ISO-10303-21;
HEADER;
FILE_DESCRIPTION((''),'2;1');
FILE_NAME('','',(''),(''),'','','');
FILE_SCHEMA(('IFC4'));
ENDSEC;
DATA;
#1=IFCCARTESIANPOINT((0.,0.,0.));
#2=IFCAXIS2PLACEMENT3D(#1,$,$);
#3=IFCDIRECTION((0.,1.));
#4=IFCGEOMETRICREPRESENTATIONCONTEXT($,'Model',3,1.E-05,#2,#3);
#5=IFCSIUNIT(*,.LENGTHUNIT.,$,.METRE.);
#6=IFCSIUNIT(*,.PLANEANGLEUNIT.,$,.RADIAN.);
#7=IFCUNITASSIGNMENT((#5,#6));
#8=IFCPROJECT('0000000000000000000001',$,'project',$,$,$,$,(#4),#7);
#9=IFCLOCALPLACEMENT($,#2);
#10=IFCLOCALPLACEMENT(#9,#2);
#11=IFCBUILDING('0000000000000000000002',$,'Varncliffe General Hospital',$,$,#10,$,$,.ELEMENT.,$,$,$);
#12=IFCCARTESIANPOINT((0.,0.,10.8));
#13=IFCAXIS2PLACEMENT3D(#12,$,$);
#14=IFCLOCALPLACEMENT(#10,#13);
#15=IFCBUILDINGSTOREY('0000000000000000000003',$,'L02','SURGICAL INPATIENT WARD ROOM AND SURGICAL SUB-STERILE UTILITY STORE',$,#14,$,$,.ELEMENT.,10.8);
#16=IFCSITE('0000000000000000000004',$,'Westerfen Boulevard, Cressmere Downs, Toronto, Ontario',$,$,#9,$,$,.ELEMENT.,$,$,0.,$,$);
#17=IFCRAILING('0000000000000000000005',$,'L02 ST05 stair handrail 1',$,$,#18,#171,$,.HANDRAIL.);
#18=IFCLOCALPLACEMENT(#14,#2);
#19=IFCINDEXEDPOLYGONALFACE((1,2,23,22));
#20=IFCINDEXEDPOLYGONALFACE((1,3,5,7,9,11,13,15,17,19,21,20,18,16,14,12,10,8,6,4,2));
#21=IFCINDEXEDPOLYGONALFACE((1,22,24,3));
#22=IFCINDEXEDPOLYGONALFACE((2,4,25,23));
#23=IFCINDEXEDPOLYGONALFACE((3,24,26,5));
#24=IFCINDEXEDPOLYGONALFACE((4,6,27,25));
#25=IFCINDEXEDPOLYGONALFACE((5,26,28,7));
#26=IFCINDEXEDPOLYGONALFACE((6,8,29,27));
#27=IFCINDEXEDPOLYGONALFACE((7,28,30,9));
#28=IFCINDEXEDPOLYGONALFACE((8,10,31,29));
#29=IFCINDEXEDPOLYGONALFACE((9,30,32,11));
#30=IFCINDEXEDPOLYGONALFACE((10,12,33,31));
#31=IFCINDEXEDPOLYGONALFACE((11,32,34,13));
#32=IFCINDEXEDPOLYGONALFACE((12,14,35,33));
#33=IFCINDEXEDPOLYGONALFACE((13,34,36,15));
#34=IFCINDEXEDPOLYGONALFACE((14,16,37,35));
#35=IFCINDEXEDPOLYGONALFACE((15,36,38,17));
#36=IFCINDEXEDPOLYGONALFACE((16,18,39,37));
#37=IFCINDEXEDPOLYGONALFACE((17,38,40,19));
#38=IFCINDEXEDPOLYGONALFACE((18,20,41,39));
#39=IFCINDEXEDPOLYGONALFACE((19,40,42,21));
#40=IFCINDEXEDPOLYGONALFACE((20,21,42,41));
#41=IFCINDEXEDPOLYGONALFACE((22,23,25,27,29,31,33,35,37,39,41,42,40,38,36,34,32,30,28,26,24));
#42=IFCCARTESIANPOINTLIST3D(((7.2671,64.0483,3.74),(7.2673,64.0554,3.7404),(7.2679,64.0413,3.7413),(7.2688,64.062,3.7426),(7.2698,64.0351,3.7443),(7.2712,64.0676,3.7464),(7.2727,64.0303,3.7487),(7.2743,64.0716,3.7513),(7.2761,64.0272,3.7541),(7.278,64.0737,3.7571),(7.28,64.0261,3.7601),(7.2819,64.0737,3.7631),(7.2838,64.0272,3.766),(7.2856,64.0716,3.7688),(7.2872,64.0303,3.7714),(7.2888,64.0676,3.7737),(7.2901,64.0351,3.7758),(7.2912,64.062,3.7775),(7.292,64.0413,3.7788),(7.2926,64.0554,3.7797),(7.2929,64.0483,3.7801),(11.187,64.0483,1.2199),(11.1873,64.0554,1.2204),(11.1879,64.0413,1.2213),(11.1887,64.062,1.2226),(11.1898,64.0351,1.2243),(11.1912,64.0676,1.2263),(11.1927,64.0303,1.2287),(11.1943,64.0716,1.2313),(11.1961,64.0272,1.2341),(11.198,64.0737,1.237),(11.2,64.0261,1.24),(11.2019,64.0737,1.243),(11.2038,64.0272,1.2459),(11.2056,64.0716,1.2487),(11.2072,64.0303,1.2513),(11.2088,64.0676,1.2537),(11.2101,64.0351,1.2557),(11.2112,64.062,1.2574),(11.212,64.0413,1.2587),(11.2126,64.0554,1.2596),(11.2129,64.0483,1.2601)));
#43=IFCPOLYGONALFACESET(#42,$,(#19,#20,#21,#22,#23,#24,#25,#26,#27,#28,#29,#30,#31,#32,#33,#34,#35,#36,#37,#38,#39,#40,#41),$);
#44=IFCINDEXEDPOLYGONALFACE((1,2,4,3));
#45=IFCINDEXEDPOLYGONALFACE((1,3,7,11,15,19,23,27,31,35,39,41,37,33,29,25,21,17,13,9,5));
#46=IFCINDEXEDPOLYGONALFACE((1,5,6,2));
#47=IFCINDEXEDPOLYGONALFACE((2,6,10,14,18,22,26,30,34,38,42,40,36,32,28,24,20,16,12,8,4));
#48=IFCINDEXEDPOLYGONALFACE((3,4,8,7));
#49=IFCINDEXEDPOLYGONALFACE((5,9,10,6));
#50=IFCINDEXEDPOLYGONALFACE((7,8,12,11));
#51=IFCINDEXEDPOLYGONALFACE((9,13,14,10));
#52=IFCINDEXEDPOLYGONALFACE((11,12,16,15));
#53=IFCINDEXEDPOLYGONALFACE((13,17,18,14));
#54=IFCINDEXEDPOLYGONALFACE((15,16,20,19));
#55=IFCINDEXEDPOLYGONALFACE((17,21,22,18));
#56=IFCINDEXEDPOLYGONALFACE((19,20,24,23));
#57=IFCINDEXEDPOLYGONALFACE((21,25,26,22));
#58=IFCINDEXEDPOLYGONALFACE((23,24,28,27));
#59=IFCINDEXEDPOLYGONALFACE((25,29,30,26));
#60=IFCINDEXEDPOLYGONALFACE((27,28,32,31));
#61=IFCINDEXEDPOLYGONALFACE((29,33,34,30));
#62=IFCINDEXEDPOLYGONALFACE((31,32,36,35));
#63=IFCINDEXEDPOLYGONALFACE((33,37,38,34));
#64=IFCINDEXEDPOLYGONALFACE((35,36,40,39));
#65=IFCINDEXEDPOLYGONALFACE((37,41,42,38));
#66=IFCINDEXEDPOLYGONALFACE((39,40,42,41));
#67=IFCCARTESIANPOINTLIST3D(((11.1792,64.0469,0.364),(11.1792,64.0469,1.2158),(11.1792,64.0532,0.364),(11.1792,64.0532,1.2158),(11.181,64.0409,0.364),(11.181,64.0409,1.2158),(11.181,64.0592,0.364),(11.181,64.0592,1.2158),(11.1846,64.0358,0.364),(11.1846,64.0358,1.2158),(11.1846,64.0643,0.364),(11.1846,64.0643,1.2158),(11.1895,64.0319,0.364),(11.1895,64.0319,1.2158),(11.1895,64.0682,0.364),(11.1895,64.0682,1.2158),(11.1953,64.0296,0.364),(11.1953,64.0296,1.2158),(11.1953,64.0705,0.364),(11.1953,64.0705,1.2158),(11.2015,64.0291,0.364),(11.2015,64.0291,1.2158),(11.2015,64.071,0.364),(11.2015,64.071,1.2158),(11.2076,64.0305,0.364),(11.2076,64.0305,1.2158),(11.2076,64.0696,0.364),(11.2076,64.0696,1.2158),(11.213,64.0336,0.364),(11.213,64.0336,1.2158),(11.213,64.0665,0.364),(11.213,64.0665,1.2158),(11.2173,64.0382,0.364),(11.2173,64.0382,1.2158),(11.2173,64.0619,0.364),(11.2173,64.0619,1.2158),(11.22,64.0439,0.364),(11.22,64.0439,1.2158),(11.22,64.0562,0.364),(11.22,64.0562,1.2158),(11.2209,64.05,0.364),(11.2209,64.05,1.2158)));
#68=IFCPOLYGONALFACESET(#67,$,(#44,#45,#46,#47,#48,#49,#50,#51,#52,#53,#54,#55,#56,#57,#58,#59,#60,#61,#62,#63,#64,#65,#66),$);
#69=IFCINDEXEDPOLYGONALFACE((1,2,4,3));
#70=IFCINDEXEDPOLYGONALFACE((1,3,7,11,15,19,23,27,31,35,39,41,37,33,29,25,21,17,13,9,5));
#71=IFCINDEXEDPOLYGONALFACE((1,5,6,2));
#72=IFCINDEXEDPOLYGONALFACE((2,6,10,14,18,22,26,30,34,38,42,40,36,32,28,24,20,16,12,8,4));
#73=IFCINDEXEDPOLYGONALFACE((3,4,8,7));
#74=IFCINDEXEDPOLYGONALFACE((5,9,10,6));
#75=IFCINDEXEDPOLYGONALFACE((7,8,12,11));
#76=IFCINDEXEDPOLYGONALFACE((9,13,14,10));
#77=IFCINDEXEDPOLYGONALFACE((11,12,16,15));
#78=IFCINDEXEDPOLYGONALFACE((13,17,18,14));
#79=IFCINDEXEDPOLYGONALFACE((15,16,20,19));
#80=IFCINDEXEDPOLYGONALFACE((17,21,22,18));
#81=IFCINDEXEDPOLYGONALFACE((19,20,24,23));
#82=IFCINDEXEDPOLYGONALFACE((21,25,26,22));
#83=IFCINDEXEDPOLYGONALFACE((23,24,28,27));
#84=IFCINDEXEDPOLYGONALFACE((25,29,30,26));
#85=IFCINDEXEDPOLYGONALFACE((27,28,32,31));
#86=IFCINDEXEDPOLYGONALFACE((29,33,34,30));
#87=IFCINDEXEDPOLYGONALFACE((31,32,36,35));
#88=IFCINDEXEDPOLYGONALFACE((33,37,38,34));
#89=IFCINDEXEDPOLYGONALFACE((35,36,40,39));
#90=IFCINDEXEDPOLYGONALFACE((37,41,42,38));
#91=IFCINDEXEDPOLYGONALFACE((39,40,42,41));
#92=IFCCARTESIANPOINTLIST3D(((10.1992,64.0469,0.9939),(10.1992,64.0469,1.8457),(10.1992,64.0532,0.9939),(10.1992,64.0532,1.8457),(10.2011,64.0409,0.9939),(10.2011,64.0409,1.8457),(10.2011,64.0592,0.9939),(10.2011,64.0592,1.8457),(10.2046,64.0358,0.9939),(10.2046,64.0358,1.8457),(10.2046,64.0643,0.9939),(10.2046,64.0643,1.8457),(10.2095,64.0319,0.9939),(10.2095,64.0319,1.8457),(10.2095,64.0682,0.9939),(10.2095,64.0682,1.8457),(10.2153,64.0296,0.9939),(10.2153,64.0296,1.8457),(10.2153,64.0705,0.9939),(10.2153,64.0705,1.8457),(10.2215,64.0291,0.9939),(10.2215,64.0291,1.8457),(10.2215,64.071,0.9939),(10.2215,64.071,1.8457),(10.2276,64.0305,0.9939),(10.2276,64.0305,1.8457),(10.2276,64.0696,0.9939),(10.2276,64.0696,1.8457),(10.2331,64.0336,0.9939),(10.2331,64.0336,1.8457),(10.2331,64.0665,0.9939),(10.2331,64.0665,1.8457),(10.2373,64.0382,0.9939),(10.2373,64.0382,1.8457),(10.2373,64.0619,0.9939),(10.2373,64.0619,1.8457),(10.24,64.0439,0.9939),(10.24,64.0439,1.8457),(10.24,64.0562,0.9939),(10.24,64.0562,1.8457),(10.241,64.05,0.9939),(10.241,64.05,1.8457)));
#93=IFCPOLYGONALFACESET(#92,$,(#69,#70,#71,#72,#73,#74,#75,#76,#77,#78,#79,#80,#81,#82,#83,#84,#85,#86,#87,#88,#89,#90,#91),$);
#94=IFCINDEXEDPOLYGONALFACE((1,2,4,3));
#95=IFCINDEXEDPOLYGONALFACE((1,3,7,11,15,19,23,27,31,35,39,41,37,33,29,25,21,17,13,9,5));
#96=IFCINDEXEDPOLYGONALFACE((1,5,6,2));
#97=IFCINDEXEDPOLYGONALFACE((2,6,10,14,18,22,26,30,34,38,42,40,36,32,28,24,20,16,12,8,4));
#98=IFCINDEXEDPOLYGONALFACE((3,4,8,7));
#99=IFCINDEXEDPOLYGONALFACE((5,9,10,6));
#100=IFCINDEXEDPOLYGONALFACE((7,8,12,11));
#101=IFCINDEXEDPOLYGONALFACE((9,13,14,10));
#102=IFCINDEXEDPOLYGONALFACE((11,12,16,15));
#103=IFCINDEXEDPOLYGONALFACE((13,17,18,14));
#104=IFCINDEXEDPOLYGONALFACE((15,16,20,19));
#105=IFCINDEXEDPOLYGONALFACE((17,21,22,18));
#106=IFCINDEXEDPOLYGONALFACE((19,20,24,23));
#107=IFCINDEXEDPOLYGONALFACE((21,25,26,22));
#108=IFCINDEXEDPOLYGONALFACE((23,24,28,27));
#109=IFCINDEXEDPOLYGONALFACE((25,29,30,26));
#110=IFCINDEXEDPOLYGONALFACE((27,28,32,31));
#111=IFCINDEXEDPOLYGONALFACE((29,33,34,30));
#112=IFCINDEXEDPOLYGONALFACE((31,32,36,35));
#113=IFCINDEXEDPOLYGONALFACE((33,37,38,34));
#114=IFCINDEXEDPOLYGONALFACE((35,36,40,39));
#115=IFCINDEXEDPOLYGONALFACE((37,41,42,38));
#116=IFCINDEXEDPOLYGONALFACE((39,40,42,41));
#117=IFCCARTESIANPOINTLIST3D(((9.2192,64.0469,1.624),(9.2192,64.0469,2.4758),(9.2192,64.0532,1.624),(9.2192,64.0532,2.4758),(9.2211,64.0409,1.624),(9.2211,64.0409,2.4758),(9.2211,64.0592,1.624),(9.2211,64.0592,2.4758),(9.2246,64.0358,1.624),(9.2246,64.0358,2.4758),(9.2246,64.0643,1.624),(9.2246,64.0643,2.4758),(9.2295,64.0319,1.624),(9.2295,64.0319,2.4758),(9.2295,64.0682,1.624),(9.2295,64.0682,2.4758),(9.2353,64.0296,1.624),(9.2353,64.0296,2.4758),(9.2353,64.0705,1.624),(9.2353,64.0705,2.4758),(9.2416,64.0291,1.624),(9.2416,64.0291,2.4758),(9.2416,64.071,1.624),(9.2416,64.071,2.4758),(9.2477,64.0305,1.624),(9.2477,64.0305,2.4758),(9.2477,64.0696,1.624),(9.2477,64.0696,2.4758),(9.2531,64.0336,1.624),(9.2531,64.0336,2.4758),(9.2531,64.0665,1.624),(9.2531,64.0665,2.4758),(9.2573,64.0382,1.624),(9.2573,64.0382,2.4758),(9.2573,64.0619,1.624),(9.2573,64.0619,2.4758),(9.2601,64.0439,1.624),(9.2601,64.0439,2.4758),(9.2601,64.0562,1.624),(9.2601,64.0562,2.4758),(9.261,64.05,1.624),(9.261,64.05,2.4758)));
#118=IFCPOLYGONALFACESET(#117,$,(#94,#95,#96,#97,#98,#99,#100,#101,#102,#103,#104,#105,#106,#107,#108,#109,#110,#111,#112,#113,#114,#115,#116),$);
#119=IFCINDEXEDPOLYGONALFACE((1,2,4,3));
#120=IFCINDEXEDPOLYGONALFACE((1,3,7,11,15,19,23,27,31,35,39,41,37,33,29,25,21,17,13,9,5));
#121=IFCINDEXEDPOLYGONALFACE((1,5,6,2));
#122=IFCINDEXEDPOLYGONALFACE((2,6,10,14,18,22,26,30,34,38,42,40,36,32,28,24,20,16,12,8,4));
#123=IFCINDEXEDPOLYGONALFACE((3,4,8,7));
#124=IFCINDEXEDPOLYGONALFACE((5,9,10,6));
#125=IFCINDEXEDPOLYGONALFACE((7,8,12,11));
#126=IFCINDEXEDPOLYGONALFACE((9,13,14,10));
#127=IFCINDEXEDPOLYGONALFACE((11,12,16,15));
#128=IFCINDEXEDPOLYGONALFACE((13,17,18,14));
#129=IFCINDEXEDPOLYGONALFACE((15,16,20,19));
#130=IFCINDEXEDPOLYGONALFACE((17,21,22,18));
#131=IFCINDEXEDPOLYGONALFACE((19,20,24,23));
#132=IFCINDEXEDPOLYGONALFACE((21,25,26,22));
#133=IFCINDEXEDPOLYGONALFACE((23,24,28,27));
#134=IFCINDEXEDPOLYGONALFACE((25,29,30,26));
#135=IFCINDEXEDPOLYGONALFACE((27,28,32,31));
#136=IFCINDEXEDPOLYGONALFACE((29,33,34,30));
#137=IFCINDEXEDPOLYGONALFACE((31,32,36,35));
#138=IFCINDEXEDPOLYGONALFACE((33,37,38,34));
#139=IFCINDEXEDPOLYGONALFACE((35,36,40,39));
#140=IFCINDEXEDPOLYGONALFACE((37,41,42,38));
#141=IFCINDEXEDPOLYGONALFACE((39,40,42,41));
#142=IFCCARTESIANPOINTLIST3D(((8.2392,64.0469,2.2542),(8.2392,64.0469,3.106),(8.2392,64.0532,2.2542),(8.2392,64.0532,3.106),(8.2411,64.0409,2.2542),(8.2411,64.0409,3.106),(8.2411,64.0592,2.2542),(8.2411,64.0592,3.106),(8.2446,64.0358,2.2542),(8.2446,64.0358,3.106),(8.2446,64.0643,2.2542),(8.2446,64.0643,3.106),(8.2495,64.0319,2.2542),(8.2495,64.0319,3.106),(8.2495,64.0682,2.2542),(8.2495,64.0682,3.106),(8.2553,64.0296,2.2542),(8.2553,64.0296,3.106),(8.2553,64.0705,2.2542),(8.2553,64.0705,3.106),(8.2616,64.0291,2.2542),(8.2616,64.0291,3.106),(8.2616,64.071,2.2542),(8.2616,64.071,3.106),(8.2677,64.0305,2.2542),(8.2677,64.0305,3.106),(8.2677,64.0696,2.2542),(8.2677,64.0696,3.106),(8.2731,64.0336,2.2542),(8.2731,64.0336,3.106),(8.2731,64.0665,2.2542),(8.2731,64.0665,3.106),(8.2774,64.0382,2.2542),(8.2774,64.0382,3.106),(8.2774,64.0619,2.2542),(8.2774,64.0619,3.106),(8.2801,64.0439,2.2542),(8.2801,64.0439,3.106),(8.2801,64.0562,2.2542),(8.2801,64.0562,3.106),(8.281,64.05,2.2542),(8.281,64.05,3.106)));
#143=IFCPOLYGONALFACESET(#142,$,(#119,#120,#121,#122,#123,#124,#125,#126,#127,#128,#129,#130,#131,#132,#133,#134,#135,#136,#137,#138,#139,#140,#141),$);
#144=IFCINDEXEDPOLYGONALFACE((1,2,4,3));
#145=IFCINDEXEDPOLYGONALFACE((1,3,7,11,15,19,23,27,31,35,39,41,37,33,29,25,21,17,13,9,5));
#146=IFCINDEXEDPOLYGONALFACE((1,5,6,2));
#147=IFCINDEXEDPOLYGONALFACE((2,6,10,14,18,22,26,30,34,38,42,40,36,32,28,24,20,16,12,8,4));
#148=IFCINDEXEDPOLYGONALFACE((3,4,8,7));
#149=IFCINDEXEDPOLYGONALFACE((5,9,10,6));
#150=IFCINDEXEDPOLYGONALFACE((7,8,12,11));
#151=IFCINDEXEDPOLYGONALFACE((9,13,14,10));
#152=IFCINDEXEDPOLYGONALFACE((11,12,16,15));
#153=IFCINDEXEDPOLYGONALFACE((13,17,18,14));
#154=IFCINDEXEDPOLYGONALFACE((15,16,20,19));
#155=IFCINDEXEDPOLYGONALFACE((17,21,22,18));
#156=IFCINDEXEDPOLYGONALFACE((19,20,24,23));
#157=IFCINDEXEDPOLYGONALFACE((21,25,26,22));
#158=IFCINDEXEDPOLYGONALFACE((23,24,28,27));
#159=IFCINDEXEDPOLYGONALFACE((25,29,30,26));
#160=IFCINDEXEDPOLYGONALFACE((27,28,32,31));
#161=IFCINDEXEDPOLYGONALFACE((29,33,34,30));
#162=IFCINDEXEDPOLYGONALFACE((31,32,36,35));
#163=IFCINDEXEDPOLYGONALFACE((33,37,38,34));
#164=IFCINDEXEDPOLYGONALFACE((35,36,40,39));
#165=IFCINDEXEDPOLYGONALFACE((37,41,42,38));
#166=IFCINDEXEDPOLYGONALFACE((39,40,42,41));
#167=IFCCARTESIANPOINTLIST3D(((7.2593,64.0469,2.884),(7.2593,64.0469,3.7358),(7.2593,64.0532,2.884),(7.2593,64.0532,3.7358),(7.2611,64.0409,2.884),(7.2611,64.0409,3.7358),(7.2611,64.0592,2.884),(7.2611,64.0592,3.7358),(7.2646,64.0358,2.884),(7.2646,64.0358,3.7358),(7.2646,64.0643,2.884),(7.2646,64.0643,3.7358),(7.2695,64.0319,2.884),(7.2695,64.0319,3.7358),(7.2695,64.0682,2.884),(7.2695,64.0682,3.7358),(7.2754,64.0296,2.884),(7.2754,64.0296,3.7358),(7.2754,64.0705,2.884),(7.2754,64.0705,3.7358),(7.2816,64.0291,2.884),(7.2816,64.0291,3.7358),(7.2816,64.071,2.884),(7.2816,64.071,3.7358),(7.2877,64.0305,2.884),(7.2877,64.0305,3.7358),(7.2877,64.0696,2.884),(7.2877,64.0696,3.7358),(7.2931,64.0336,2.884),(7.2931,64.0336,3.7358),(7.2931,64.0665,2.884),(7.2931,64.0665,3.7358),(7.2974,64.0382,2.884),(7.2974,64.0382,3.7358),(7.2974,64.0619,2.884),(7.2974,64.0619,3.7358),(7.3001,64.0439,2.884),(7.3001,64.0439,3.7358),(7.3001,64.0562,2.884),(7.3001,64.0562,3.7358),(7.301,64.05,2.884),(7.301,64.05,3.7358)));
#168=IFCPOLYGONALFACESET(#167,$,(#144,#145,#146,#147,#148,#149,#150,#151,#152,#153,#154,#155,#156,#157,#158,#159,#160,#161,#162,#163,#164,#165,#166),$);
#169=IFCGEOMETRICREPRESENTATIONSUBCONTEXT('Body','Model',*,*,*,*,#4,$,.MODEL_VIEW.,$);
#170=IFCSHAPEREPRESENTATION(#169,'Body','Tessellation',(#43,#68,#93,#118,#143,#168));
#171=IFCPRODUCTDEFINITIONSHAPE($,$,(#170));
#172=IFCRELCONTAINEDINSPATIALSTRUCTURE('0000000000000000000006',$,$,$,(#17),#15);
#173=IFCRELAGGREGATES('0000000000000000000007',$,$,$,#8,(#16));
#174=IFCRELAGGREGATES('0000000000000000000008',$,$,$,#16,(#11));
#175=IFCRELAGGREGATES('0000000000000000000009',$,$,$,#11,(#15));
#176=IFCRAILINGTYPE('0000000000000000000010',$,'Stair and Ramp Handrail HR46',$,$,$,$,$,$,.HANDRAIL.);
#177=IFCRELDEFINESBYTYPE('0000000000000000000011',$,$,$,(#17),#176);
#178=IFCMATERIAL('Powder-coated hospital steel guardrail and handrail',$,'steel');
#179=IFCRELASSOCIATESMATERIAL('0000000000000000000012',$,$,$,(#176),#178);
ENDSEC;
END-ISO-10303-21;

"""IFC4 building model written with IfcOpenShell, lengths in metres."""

from ifc_helpers import new_model, si_unit, direction, frame, origin, origin_2d, place, context, subcontext, project, spatial, circle, extrude, material, type_object, element, save


model = new_model("IFC4")

# Units and contexts
model_context = context("Model", 3, precision=1e-05, world=origin(), true_north=direction((0.0, 1.0)))
body_context = subcontext(model_context, "Body", "Model", "MODEL_VIEW")
ifc_project = project(units=[si_unit("LENGTHUNIT", "METRE"), si_unit("PLANEANGLEUNIT", "RADIAN")], contexts=[model_context])

# Site, building, storey
site_placement = place(None, origin())
site = spatial("IfcSite", under=ifc_project, at=site_placement, Name="Westerfen Boulevard, Cressmere Downs, Toronto, Ontario", CompositionType="ELEMENT", RefElevation=0.0)
building_placement = place(site_placement, origin())
building = spatial("IfcBuilding", under=site, at=building_placement, Name="Varncliffe General Hospital", CompositionType="ELEMENT")
storey_placement = place(building_placement, frame((0.0, 0.0, 10.8)))
storey = spatial("IfcBuildingStorey", under=building, at=storey_placement, Name="L02", Description="SURGICAL INPATIENT WARD ROOM AND SURGICAL SUB-STERILE UTILITY STORE", CompositionType="ELEMENT", Elevation=10.8)

# Railing
ifc_material_1 = material(Name="Powder-coated hospital steel guardrail and handrail", Category="steel")
railing_type_1 = type_object("IfcRailingType", Name="Stair and Ramp Handrail HR46", PredefinedType="HANDRAIL", material=ifc_material_1)
railing_1_placement = place(storey_placement, frame((11.2, 64.05, 0.364)))
element("IfcRailing", 1, at=railing_1_placement, inside=storey, type_object=railing_type_1, Name="L02 ST05 stair handrail 1", PredefinedType="HANDRAIL", context=body_context, shape_type="SweptSolid", body=[
    extrude(circle(Radius=0.0239, at=origin_2d()), frame((0.0, 0.0, 0.876), z_axis=(-0.841172, 0.0, 0.540768), x_axis=(0.0, -1.0, 0.0)), (0.0, 0.0, 1.0), 4.6602),
    extrude(circle(Radius=0.021, at=origin_2d()), origin(), (0.0, 0.0, 1.0), 0.8518),
    extrude(circle(Radius=0.021, at=origin_2d()), frame((-0.98, 0.0, 0.6299)), (0.0, 0.0, 1.0), 0.8518),
    extrude(circle(Radius=0.021, at=origin_2d()), frame((-1.96, 0.0, 1.26)), (0.0, 0.0, 1.0), 0.8518),
    extrude(circle(Radius=0.021, at=origin_2d()), frame((-2.9399, 0.0, 1.8901)), (0.0, 0.0, 1.0), 0.8518),
    extrude(circle(Radius=0.021, at=origin_2d()), frame((-3.9199, 0.0, 2.52)), (0.0, 0.0, 1.0), 0.8518),
])

save(model, "model.ifc")
